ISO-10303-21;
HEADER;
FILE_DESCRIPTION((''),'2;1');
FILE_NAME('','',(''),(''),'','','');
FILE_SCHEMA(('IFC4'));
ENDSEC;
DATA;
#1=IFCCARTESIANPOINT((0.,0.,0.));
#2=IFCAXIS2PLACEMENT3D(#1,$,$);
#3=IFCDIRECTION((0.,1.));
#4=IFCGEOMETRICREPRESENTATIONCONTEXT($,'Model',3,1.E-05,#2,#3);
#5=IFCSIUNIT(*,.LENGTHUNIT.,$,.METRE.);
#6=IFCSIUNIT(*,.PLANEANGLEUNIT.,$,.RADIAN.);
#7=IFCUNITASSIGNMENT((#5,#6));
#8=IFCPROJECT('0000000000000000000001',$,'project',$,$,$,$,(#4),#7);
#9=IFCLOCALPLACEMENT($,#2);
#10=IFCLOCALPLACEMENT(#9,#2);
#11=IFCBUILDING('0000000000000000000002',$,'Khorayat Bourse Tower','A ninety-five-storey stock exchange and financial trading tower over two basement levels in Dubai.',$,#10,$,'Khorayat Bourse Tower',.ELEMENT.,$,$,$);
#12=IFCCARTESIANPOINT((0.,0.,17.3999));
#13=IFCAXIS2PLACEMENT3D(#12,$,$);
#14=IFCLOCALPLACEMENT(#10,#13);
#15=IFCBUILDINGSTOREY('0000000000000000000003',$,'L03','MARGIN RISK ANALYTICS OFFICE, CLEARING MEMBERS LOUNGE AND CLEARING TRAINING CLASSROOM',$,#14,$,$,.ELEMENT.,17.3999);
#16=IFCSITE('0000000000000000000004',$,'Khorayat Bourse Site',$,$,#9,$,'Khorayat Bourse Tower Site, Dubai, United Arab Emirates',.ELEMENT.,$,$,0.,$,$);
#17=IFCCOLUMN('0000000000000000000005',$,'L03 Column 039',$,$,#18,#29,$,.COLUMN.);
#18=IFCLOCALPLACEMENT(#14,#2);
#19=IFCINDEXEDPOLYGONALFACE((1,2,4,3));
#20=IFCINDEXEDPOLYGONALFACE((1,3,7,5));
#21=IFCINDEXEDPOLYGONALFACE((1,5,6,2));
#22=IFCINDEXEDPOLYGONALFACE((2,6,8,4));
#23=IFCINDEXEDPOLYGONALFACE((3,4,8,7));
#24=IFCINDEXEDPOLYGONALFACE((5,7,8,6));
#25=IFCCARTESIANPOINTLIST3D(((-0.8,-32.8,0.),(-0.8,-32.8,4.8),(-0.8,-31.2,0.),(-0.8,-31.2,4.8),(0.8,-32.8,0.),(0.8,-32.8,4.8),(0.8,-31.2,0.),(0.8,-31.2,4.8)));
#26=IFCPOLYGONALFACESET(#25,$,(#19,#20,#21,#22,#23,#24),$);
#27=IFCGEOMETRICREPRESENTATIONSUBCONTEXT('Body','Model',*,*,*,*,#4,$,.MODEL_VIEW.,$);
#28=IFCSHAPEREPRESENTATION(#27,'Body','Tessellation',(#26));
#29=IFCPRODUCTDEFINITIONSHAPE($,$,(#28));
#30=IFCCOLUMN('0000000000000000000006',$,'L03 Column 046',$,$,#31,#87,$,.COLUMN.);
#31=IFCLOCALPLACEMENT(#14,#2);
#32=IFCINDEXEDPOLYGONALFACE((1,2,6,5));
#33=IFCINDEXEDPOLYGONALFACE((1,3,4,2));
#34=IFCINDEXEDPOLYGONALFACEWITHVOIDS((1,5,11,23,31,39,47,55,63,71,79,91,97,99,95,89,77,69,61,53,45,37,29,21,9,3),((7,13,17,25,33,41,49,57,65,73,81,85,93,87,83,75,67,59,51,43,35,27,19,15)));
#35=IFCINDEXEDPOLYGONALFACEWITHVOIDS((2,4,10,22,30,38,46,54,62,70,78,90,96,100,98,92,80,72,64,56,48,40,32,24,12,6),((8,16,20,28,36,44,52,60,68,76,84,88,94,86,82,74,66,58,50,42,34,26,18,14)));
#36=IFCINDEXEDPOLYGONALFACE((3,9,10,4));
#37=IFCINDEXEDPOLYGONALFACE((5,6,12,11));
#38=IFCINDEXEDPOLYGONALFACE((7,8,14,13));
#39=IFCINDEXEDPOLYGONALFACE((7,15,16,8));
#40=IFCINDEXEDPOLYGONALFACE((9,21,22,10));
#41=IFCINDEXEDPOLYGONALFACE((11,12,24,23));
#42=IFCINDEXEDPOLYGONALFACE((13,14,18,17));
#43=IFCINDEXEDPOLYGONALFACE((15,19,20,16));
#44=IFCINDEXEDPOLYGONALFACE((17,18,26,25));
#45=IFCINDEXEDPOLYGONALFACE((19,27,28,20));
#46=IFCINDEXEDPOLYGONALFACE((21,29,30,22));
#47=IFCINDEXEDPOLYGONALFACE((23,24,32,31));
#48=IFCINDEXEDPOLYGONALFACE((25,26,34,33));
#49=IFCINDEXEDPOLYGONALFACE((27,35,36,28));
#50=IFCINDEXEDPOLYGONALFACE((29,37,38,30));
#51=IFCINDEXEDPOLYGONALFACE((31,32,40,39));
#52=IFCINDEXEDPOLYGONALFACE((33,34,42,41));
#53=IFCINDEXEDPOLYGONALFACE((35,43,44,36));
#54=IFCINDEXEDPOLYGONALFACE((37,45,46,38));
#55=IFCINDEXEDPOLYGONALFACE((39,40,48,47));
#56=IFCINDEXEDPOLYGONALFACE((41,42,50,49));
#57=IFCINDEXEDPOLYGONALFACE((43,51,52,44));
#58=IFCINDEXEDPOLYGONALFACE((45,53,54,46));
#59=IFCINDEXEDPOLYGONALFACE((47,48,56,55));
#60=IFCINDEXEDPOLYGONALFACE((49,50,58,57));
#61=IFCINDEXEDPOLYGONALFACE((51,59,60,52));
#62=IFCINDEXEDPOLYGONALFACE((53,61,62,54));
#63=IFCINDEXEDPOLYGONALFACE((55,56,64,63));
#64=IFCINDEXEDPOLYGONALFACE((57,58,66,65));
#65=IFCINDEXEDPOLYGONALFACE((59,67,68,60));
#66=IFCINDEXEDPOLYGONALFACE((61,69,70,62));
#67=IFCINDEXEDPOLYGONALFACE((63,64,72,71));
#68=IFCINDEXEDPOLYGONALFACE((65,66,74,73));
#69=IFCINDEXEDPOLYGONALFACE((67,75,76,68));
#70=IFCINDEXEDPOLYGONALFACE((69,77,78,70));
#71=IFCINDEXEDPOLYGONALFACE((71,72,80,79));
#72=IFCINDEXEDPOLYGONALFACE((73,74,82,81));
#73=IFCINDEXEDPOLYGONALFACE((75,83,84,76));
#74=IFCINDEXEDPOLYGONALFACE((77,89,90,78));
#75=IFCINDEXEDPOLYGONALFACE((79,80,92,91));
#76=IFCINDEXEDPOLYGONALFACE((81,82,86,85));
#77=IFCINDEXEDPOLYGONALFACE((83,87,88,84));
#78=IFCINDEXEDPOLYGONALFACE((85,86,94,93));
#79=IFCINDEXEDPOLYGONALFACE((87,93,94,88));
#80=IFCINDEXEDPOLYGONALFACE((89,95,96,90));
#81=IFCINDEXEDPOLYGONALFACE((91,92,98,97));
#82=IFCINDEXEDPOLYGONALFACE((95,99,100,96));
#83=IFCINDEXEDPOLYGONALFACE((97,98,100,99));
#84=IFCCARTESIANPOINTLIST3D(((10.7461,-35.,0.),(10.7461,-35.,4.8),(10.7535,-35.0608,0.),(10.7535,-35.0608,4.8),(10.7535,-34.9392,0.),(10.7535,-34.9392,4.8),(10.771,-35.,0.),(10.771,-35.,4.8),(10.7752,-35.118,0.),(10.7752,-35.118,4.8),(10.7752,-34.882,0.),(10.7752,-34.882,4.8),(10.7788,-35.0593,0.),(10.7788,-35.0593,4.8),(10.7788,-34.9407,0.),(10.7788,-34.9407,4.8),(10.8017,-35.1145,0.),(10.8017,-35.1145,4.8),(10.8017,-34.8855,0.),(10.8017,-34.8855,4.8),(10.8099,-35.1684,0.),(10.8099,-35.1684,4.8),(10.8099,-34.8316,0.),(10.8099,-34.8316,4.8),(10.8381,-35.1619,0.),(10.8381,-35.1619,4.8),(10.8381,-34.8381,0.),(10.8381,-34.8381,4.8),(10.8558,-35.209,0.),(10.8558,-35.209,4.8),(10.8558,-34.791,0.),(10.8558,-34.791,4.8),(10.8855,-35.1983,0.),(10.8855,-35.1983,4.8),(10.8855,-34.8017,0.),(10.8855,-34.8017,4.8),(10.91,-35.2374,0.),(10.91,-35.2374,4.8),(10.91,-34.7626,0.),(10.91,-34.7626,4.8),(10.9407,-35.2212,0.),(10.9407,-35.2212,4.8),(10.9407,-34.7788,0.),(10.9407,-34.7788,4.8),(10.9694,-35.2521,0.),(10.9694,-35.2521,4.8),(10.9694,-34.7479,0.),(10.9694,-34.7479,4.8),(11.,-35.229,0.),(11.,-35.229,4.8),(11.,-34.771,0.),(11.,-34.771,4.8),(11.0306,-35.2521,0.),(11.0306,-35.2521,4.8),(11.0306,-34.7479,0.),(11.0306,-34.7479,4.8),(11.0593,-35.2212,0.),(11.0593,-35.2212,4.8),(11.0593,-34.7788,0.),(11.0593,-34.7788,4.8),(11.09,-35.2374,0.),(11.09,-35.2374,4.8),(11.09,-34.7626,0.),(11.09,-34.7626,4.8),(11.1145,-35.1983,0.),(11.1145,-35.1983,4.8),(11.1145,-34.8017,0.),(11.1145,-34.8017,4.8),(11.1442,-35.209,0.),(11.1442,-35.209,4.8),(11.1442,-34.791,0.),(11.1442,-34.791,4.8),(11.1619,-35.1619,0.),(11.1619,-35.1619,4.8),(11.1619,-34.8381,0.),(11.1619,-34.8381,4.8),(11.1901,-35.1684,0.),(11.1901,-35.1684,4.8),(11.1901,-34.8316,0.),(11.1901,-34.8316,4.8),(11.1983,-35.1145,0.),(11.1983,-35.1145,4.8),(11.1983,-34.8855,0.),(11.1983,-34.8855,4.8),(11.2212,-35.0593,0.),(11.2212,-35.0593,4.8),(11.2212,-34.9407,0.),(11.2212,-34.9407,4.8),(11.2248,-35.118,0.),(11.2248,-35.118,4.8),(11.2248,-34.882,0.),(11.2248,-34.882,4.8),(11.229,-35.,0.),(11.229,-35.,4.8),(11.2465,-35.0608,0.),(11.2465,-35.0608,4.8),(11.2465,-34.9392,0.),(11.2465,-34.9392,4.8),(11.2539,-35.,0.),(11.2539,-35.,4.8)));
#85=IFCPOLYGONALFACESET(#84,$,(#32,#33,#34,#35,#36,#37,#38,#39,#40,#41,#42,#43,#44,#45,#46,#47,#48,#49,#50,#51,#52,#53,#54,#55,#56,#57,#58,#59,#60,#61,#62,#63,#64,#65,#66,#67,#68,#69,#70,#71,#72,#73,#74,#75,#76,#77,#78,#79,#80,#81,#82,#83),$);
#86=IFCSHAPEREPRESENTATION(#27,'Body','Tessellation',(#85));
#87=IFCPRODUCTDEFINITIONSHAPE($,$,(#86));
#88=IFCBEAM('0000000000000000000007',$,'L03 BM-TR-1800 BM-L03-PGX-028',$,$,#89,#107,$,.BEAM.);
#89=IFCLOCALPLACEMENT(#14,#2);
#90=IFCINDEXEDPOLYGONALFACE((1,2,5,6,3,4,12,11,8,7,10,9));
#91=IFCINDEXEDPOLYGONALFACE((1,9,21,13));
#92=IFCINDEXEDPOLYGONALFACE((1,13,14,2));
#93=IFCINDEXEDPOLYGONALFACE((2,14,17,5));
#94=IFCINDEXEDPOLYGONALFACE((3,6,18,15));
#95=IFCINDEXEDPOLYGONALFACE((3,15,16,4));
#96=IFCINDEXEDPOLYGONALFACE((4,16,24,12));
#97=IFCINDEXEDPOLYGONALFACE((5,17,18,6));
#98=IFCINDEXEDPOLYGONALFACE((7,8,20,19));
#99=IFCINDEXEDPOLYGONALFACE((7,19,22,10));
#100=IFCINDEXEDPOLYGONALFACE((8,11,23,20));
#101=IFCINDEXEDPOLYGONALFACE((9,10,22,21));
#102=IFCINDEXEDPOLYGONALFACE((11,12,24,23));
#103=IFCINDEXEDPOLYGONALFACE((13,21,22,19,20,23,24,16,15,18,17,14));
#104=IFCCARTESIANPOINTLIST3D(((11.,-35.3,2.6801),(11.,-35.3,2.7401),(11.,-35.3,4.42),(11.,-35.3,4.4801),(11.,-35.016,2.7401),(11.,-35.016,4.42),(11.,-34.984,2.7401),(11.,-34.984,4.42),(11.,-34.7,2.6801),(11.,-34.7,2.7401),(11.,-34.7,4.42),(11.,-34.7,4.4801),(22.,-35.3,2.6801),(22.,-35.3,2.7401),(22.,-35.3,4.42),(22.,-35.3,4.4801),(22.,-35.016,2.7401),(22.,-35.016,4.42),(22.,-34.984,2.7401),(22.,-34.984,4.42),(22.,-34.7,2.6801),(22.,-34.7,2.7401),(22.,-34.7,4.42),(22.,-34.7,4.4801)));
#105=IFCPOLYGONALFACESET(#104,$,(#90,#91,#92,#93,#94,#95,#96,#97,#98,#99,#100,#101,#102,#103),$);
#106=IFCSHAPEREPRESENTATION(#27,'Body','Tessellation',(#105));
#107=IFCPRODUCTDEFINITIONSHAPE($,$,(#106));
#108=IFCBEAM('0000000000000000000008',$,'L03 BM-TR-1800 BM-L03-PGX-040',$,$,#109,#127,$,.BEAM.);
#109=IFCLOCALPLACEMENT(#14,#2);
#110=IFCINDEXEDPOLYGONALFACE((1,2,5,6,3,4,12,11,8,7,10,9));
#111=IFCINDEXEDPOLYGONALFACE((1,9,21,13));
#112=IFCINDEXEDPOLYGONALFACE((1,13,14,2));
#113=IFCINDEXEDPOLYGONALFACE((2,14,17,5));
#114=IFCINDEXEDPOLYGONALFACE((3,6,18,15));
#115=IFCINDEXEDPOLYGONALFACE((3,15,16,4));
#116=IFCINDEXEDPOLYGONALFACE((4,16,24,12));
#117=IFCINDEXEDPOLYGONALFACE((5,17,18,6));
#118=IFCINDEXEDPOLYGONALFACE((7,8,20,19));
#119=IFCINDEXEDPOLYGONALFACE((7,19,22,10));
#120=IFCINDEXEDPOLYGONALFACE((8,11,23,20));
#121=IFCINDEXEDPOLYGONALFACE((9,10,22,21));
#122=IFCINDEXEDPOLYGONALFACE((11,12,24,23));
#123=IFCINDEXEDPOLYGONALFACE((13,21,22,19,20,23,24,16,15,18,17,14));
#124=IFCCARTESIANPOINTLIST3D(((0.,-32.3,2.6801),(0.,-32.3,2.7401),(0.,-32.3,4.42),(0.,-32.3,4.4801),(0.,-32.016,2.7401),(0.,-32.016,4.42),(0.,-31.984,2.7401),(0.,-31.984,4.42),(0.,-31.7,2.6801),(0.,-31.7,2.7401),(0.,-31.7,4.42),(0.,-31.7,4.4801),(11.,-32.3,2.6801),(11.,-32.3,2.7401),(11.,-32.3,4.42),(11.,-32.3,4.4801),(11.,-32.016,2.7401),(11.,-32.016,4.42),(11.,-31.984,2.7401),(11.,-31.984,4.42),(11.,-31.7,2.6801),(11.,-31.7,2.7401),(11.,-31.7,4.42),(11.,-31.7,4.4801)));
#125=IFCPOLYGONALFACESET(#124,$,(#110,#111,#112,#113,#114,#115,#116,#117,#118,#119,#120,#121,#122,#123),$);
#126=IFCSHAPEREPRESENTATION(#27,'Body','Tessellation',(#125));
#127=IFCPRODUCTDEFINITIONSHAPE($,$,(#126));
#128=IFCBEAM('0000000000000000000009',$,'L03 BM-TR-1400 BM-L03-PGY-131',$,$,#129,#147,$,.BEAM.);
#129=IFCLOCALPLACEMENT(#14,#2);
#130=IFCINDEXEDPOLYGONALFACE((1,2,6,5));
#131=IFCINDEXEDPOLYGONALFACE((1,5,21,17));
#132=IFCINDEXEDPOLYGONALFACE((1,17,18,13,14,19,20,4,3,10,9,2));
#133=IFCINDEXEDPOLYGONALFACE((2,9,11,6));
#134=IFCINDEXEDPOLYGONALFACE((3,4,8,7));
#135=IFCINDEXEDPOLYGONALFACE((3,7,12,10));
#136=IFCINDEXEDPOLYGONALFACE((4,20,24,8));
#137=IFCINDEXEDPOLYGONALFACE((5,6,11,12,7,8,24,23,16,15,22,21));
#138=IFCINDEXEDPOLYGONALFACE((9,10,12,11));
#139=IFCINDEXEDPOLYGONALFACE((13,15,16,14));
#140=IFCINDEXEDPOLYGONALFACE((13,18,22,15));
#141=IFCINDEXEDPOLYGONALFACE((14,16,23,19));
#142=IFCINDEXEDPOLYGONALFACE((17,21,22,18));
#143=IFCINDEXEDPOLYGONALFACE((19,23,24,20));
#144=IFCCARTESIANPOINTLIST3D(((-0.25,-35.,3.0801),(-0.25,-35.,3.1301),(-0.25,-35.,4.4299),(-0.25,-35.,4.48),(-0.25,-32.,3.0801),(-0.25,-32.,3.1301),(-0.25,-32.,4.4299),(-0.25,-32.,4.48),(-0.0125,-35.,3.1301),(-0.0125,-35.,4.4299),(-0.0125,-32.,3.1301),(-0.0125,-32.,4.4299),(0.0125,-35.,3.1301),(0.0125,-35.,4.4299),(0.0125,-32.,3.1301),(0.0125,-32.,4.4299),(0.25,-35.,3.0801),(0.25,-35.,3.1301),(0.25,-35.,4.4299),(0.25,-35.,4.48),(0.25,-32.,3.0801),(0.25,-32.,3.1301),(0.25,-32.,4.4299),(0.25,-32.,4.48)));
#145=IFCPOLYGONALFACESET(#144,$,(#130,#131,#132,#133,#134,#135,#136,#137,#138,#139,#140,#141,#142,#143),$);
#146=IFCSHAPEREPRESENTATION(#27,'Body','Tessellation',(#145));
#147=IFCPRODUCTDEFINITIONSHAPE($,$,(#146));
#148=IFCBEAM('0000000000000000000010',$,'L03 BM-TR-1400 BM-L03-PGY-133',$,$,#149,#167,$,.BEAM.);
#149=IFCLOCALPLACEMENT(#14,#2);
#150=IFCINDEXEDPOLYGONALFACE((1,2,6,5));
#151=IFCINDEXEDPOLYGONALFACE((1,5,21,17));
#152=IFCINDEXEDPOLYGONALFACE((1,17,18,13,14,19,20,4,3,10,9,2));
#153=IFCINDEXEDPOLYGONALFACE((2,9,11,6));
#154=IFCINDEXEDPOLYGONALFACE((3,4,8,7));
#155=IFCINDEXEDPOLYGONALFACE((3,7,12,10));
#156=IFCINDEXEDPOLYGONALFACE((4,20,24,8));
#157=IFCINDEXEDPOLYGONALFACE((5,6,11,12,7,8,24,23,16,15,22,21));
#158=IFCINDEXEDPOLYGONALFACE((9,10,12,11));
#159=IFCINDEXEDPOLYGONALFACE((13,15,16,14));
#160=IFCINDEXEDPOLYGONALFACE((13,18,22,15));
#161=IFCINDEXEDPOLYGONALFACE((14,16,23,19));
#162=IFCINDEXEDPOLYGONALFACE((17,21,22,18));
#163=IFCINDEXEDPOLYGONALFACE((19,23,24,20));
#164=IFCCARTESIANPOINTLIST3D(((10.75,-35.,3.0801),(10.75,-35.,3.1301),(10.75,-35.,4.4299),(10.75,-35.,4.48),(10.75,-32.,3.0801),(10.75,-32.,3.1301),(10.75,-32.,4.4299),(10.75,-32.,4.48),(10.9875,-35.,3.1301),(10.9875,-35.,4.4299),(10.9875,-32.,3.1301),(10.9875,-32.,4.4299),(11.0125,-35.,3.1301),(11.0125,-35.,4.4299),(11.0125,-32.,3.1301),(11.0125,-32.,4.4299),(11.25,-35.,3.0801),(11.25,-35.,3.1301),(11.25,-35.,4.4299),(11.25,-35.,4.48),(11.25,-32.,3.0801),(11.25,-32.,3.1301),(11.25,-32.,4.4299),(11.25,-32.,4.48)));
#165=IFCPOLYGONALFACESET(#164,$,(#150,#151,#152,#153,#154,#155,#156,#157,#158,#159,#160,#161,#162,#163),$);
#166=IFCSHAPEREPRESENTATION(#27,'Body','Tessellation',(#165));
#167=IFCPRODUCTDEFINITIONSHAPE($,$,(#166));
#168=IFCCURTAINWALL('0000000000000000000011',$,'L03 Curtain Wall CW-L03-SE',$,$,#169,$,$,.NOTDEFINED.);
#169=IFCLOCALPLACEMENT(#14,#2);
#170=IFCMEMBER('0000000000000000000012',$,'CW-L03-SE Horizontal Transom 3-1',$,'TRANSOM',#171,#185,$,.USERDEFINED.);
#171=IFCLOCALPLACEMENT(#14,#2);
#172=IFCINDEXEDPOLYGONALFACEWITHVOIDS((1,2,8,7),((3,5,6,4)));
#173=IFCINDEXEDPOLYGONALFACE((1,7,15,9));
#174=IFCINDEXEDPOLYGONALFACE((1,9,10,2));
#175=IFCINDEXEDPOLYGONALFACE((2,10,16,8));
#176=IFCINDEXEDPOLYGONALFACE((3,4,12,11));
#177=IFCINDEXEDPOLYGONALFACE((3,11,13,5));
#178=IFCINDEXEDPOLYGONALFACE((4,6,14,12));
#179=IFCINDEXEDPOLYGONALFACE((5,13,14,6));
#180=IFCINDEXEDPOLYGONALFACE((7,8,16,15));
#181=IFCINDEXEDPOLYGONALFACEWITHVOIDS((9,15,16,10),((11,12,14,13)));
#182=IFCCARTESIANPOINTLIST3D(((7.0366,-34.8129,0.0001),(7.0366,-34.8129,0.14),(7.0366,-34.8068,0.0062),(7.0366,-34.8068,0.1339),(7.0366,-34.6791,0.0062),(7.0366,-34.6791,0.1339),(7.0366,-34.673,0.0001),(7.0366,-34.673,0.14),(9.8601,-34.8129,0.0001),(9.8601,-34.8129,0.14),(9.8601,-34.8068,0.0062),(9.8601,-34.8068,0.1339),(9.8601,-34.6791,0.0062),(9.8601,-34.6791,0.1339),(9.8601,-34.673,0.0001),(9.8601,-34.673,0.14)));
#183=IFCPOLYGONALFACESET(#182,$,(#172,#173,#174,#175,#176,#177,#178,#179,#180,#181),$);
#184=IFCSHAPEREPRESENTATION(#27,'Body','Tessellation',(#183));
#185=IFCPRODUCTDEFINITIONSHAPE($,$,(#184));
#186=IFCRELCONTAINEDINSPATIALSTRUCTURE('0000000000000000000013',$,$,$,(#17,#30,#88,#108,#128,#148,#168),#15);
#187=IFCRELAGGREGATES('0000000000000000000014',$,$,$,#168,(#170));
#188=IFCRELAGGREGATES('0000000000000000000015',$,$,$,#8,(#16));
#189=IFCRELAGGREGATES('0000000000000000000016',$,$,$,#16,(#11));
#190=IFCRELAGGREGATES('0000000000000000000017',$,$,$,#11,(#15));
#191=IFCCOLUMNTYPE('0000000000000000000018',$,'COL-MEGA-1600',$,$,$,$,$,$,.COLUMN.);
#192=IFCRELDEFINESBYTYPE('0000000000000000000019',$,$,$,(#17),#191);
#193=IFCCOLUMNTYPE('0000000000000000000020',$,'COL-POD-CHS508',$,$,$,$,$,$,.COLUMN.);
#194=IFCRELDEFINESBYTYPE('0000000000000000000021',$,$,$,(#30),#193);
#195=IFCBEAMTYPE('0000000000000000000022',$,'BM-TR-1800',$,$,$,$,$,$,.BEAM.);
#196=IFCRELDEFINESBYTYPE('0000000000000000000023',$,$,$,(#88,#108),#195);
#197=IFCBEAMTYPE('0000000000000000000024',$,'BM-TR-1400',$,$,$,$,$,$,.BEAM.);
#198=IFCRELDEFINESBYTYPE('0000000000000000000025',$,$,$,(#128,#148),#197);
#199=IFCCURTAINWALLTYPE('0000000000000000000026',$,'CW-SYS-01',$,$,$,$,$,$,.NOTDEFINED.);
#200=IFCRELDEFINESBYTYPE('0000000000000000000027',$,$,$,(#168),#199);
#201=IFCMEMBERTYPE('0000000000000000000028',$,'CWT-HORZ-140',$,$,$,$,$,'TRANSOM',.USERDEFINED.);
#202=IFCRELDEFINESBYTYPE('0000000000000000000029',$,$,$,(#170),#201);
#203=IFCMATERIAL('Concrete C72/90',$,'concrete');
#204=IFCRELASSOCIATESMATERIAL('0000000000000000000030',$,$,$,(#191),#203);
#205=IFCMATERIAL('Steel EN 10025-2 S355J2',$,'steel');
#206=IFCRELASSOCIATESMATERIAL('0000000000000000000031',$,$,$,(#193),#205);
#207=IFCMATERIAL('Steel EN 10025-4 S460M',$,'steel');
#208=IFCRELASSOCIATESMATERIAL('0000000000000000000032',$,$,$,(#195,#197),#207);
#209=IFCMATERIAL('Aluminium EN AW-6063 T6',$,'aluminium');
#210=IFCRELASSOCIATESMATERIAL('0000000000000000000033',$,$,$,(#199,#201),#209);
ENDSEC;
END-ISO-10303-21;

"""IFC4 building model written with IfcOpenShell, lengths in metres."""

from ifc_helpers import new_model, si_unit, direction, frame, origin, origin_2d, place, context, subcontext, project, spatial, rectangle, hollow_rectangle, hollow_circle, i_section, extrude, source, transform, mapped, material, material_profile, profile_set, type_object, element, aggregate, save


model = new_model("IFC4")

# Units and contexts
model_context = context("Model", 3, precision=1e-05, world=origin(), true_north=direction((0.0, 1.0)))
body_context = subcontext(model_context, "Body", "Model", "MODEL_VIEW")
ifc_project = project(units=[si_unit("LENGTHUNIT", "METRE"), si_unit("PLANEANGLEUNIT", "RADIAN")], contexts=[model_context])

# Site, building, storey
site_placement = place(None, origin())
site = spatial("IfcSite", under=ifc_project, at=site_placement, Name="Khorayat Bourse Site", LongName="Khorayat Bourse Tower Site, Dubai, United Arab Emirates", CompositionType="ELEMENT", RefElevation=0.0)
building_placement = place(site_placement, origin())
building = spatial("IfcBuilding", under=site, at=building_placement, Name="Khorayat Bourse Tower", Description="A ninety-five-storey stock exchange and financial trading tower over two basement levels in Dubai.", LongName="Khorayat Bourse Tower", CompositionType="ELEMENT")
storey_placement = place(building_placement, frame((0.0, 0.0, 17.3999)))
storey = spatial("IfcBuildingStorey", under=building, at=storey_placement, Name="L03", Description="MARGIN RISK ANALYTICS OFFICE, CLEARING MEMBERS LOUNGE AND CLEARING TRAINING CLASSROOM", CompositionType="ELEMENT", Elevation=17.3999)

# Columns
ifc_material_1 = material(Name="Concrete C72/90", Category="concrete")
ifc_material_profile_1 = material_profile(ifc_material_1, rectangle(XDim=1.6001, YDim=1.6001, at=origin_2d()), Name="RC 1600x1600")
ifc_profile_set_1 = profile_set([ifc_material_profile_1], Name="Concrete C72/90")
column_type_1 = type_object("IfcColumnType", Name="COL-MEGA-1600", PredefinedType="COLUMN", material=ifc_profile_set_1)
shared_shape_1 = source(origin(), body_context, "Body", "SweptSolid", [
    extrude(rectangle(XDim=1.6001, YDim=1.6001, at=origin_2d()), origin(), (0.0, 0.0, 1.0), 4.8),
])
column_1_placement = place(storey_placement, frame((0.0, -32.0, 0.0), z_axis=(0.0, 0.0, 1.0), x_axis=(1.0, 0.0, 0.0)))
element("IfcColumn", 1, at=column_1_placement, inside=storey, type_object=column_type_1, Name="L03 Column 039", PredefinedType="COLUMN", context=body_context, shape_type="MappedRepresentation", body=[
    mapped(shared_shape_1, transform((0.0, 0.0, 0.0), scale=1.0)),
])
ifc_material_2 = material(Name="Steel EN 10025-2 S355J2", Category="steel")
ifc_material_profile_2 = material_profile(ifc_material_2, hollow_circle(Radius=0.2539, WallThickness=0.0249, at=origin_2d()), Name="CHS 508x25")
ifc_profile_set_2 = profile_set([ifc_material_profile_2], Name="Steel EN 10025-2 S355J2")
column_type_2 = type_object("IfcColumnType", Name="COL-POD-CHS508", PredefinedType="COLUMN", material=ifc_profile_set_2)
shared_shape_2 = source(origin(), body_context, "Body", "SweptSolid", [
    extrude(hollow_circle(Radius=0.2539, WallThickness=0.0249, at=origin_2d()), origin(), (0.0, 0.0, 1.0), 4.8),
])
column_2_placement = place(storey_placement, frame((11.0, -35.0, 0.0), z_axis=(0.0, 0.0, 1.0), x_axis=(1.0, 0.0, 0.0)))
element("IfcColumn", 2, at=column_2_placement, inside=storey, type_object=column_type_2, Name="L03 Column 046", PredefinedType="COLUMN", context=body_context, shape_type="MappedRepresentation", body=[
    mapped(shared_shape_2, transform((0.0, 0.0, 0.0), scale=1.0)),
])

# Beams
ifc_material_3 = material(Name="Steel EN 10025-4 S460M", Category="steel")
ifc_material_profile_3 = material_profile(ifc_material_3, i_section(OverallWidth=0.6001, OverallDepth=1.8, WebThickness=0.032, FlangeThickness=0.0601, at=origin_2d()), Name="PG 1800x600x32x60")
ifc_profile_set_3 = profile_set([ifc_material_profile_3], Name="Steel EN 10025-4 S460M")
beam_type_1 = type_object("IfcBeamType", Name="BM-TR-1800", PredefinedType="BEAM", material=ifc_profile_set_3)
shared_shape_3 = source(origin(), body_context, "Body", "SweptSolid", [
    extrude(i_section(OverallWidth=0.6001, OverallDepth=1.8, WebThickness=0.032, FlangeThickness=0.0601, at=origin_2d()), origin(), (0.0, 0.0, 1.0), 11.0),
])
for number, where, z_axis, x_axis, name in (
    (3, (11.0, -35.0, 3.5801), (1.0, 0.0, 0.0), (0.0, 1.0, 0.0), "L03 BM-TR-1800 BM-L03-PGX-028"),
    (4, (0.0, -32.0, 3.5801), (1.0, 0.0, 0.0), (0.0, 1.0, 0.0), "L03 BM-TR-1800 BM-L03-PGX-040"),
):
    element("IfcBeam", number, at=place(storey_placement, frame(where, z_axis=z_axis, x_axis=x_axis)), inside=storey, type_object=beam_type_1, Name=name, PredefinedType="BEAM", context=body_context, shape_type="MappedRepresentation", body=[
        mapped(shared_shape_3, transform((0.0, 0.0, 0.0), scale=1.0)),
    ])
ifc_material_profile_4 = material_profile(ifc_material_3, i_section(OverallWidth=0.5, OverallDepth=1.3999, WebThickness=0.0249, FlangeThickness=0.05, at=origin_2d()), Name="PG 1400x500x25x50")
ifc_profile_set_4 = profile_set([ifc_material_profile_4], Name="Steel EN 10025-4 S460M")
beam_type_2 = type_object("IfcBeamType", Name="BM-TR-1400", PredefinedType="BEAM", material=ifc_profile_set_4)
shared_shape_4 = source(origin(), body_context, "Body", "SweptSolid", [
    extrude(i_section(OverallWidth=0.5, OverallDepth=1.3999, WebThickness=0.0249, FlangeThickness=0.05, at=origin_2d()), origin(), (0.0, 0.0, 1.0), 3.0),
])
for number, where, z_axis, x_axis, name in (
    (5, (0.0, -35.0, 3.78), (0.0, 1.0, 0.0), (-1.0, 0.0, 0.0), "L03 BM-TR-1400 BM-L03-PGY-131"),
    (6, (11.0, -35.0, 3.78), (0.0, 1.0, 0.0), (-1.0, 0.0, 0.0), "L03 BM-TR-1400 BM-L03-PGY-133"),
):
    element("IfcBeam", number, at=place(storey_placement, frame(where, z_axis=z_axis, x_axis=x_axis)), inside=storey, type_object=beam_type_2, Name=name, PredefinedType="BEAM", context=body_context, shape_type="MappedRepresentation", body=[
        mapped(shared_shape_4, transform((0.0, 0.0, 0.0), scale=1.0)),
    ])

# Curtain wall, member
ifc_material_4 = material(Name="Aluminium EN AW-6063 T6", Category="aluminium")
curtain_wall_type = type_object("IfcCurtainWallType", Name="CW-SYS-01", PredefinedType="NOTDEFINED", material=ifc_material_4)
curtain_wall_1_placement = place(storey_placement, origin())
curtain_wall_1 = element("IfcCurtainWall", 7, at=curtain_wall_1_placement, inside=storey, type_object=curtain_wall_type, Name="L03 Curtain Wall CW-L03-SE", PredefinedType="NOTDEFINED")
ifc_material_profile_5 = material_profile(ifc_material_4, hollow_rectangle(XDim=0.1399, YDim=0.1399, WallThickness=0.0061, at=origin_2d()), Name="ALU 140x140x6")
ifc_profile_set_5 = profile_set([ifc_material_profile_5], Name="Aluminium EN AW-6063 T6")
member_type_1 = type_object("IfcMemberType", Name="CWT-HORZ-140", ElementType="TRANSOM", PredefinedType="USERDEFINED", material=ifc_profile_set_5)
shared_shape_5 = source(origin(), body_context, "Body", "SweptSolid", [
    extrude(hollow_rectangle(XDim=0.1399, YDim=0.1399, WallThickness=0.0061, at=origin_2d()), origin(), (0.0, 0.0, 1.0), 2.8235),
])
member_1_placement = place(storey_placement, frame((7.0366, -34.7429, 0.0701), z_axis=(1.0, 0.0, 0.0), x_axis=(0.0, 1.0, 0.0)))
member_1 = element("IfcMember", 8, at=member_1_placement, type_object=member_type_1, Name="CW-L03-SE Horizontal Transom 3-1", ObjectType="TRANSOM", PredefinedType="USERDEFINED", context=body_context, shape_type="MappedRepresentation", body=[
    mapped(shared_shape_5, transform((0.0, 0.0, 0.0), scale=1.0)),
])

aggregate(curtain_wall_1, [member_1])

save(model, "model.ifc")
